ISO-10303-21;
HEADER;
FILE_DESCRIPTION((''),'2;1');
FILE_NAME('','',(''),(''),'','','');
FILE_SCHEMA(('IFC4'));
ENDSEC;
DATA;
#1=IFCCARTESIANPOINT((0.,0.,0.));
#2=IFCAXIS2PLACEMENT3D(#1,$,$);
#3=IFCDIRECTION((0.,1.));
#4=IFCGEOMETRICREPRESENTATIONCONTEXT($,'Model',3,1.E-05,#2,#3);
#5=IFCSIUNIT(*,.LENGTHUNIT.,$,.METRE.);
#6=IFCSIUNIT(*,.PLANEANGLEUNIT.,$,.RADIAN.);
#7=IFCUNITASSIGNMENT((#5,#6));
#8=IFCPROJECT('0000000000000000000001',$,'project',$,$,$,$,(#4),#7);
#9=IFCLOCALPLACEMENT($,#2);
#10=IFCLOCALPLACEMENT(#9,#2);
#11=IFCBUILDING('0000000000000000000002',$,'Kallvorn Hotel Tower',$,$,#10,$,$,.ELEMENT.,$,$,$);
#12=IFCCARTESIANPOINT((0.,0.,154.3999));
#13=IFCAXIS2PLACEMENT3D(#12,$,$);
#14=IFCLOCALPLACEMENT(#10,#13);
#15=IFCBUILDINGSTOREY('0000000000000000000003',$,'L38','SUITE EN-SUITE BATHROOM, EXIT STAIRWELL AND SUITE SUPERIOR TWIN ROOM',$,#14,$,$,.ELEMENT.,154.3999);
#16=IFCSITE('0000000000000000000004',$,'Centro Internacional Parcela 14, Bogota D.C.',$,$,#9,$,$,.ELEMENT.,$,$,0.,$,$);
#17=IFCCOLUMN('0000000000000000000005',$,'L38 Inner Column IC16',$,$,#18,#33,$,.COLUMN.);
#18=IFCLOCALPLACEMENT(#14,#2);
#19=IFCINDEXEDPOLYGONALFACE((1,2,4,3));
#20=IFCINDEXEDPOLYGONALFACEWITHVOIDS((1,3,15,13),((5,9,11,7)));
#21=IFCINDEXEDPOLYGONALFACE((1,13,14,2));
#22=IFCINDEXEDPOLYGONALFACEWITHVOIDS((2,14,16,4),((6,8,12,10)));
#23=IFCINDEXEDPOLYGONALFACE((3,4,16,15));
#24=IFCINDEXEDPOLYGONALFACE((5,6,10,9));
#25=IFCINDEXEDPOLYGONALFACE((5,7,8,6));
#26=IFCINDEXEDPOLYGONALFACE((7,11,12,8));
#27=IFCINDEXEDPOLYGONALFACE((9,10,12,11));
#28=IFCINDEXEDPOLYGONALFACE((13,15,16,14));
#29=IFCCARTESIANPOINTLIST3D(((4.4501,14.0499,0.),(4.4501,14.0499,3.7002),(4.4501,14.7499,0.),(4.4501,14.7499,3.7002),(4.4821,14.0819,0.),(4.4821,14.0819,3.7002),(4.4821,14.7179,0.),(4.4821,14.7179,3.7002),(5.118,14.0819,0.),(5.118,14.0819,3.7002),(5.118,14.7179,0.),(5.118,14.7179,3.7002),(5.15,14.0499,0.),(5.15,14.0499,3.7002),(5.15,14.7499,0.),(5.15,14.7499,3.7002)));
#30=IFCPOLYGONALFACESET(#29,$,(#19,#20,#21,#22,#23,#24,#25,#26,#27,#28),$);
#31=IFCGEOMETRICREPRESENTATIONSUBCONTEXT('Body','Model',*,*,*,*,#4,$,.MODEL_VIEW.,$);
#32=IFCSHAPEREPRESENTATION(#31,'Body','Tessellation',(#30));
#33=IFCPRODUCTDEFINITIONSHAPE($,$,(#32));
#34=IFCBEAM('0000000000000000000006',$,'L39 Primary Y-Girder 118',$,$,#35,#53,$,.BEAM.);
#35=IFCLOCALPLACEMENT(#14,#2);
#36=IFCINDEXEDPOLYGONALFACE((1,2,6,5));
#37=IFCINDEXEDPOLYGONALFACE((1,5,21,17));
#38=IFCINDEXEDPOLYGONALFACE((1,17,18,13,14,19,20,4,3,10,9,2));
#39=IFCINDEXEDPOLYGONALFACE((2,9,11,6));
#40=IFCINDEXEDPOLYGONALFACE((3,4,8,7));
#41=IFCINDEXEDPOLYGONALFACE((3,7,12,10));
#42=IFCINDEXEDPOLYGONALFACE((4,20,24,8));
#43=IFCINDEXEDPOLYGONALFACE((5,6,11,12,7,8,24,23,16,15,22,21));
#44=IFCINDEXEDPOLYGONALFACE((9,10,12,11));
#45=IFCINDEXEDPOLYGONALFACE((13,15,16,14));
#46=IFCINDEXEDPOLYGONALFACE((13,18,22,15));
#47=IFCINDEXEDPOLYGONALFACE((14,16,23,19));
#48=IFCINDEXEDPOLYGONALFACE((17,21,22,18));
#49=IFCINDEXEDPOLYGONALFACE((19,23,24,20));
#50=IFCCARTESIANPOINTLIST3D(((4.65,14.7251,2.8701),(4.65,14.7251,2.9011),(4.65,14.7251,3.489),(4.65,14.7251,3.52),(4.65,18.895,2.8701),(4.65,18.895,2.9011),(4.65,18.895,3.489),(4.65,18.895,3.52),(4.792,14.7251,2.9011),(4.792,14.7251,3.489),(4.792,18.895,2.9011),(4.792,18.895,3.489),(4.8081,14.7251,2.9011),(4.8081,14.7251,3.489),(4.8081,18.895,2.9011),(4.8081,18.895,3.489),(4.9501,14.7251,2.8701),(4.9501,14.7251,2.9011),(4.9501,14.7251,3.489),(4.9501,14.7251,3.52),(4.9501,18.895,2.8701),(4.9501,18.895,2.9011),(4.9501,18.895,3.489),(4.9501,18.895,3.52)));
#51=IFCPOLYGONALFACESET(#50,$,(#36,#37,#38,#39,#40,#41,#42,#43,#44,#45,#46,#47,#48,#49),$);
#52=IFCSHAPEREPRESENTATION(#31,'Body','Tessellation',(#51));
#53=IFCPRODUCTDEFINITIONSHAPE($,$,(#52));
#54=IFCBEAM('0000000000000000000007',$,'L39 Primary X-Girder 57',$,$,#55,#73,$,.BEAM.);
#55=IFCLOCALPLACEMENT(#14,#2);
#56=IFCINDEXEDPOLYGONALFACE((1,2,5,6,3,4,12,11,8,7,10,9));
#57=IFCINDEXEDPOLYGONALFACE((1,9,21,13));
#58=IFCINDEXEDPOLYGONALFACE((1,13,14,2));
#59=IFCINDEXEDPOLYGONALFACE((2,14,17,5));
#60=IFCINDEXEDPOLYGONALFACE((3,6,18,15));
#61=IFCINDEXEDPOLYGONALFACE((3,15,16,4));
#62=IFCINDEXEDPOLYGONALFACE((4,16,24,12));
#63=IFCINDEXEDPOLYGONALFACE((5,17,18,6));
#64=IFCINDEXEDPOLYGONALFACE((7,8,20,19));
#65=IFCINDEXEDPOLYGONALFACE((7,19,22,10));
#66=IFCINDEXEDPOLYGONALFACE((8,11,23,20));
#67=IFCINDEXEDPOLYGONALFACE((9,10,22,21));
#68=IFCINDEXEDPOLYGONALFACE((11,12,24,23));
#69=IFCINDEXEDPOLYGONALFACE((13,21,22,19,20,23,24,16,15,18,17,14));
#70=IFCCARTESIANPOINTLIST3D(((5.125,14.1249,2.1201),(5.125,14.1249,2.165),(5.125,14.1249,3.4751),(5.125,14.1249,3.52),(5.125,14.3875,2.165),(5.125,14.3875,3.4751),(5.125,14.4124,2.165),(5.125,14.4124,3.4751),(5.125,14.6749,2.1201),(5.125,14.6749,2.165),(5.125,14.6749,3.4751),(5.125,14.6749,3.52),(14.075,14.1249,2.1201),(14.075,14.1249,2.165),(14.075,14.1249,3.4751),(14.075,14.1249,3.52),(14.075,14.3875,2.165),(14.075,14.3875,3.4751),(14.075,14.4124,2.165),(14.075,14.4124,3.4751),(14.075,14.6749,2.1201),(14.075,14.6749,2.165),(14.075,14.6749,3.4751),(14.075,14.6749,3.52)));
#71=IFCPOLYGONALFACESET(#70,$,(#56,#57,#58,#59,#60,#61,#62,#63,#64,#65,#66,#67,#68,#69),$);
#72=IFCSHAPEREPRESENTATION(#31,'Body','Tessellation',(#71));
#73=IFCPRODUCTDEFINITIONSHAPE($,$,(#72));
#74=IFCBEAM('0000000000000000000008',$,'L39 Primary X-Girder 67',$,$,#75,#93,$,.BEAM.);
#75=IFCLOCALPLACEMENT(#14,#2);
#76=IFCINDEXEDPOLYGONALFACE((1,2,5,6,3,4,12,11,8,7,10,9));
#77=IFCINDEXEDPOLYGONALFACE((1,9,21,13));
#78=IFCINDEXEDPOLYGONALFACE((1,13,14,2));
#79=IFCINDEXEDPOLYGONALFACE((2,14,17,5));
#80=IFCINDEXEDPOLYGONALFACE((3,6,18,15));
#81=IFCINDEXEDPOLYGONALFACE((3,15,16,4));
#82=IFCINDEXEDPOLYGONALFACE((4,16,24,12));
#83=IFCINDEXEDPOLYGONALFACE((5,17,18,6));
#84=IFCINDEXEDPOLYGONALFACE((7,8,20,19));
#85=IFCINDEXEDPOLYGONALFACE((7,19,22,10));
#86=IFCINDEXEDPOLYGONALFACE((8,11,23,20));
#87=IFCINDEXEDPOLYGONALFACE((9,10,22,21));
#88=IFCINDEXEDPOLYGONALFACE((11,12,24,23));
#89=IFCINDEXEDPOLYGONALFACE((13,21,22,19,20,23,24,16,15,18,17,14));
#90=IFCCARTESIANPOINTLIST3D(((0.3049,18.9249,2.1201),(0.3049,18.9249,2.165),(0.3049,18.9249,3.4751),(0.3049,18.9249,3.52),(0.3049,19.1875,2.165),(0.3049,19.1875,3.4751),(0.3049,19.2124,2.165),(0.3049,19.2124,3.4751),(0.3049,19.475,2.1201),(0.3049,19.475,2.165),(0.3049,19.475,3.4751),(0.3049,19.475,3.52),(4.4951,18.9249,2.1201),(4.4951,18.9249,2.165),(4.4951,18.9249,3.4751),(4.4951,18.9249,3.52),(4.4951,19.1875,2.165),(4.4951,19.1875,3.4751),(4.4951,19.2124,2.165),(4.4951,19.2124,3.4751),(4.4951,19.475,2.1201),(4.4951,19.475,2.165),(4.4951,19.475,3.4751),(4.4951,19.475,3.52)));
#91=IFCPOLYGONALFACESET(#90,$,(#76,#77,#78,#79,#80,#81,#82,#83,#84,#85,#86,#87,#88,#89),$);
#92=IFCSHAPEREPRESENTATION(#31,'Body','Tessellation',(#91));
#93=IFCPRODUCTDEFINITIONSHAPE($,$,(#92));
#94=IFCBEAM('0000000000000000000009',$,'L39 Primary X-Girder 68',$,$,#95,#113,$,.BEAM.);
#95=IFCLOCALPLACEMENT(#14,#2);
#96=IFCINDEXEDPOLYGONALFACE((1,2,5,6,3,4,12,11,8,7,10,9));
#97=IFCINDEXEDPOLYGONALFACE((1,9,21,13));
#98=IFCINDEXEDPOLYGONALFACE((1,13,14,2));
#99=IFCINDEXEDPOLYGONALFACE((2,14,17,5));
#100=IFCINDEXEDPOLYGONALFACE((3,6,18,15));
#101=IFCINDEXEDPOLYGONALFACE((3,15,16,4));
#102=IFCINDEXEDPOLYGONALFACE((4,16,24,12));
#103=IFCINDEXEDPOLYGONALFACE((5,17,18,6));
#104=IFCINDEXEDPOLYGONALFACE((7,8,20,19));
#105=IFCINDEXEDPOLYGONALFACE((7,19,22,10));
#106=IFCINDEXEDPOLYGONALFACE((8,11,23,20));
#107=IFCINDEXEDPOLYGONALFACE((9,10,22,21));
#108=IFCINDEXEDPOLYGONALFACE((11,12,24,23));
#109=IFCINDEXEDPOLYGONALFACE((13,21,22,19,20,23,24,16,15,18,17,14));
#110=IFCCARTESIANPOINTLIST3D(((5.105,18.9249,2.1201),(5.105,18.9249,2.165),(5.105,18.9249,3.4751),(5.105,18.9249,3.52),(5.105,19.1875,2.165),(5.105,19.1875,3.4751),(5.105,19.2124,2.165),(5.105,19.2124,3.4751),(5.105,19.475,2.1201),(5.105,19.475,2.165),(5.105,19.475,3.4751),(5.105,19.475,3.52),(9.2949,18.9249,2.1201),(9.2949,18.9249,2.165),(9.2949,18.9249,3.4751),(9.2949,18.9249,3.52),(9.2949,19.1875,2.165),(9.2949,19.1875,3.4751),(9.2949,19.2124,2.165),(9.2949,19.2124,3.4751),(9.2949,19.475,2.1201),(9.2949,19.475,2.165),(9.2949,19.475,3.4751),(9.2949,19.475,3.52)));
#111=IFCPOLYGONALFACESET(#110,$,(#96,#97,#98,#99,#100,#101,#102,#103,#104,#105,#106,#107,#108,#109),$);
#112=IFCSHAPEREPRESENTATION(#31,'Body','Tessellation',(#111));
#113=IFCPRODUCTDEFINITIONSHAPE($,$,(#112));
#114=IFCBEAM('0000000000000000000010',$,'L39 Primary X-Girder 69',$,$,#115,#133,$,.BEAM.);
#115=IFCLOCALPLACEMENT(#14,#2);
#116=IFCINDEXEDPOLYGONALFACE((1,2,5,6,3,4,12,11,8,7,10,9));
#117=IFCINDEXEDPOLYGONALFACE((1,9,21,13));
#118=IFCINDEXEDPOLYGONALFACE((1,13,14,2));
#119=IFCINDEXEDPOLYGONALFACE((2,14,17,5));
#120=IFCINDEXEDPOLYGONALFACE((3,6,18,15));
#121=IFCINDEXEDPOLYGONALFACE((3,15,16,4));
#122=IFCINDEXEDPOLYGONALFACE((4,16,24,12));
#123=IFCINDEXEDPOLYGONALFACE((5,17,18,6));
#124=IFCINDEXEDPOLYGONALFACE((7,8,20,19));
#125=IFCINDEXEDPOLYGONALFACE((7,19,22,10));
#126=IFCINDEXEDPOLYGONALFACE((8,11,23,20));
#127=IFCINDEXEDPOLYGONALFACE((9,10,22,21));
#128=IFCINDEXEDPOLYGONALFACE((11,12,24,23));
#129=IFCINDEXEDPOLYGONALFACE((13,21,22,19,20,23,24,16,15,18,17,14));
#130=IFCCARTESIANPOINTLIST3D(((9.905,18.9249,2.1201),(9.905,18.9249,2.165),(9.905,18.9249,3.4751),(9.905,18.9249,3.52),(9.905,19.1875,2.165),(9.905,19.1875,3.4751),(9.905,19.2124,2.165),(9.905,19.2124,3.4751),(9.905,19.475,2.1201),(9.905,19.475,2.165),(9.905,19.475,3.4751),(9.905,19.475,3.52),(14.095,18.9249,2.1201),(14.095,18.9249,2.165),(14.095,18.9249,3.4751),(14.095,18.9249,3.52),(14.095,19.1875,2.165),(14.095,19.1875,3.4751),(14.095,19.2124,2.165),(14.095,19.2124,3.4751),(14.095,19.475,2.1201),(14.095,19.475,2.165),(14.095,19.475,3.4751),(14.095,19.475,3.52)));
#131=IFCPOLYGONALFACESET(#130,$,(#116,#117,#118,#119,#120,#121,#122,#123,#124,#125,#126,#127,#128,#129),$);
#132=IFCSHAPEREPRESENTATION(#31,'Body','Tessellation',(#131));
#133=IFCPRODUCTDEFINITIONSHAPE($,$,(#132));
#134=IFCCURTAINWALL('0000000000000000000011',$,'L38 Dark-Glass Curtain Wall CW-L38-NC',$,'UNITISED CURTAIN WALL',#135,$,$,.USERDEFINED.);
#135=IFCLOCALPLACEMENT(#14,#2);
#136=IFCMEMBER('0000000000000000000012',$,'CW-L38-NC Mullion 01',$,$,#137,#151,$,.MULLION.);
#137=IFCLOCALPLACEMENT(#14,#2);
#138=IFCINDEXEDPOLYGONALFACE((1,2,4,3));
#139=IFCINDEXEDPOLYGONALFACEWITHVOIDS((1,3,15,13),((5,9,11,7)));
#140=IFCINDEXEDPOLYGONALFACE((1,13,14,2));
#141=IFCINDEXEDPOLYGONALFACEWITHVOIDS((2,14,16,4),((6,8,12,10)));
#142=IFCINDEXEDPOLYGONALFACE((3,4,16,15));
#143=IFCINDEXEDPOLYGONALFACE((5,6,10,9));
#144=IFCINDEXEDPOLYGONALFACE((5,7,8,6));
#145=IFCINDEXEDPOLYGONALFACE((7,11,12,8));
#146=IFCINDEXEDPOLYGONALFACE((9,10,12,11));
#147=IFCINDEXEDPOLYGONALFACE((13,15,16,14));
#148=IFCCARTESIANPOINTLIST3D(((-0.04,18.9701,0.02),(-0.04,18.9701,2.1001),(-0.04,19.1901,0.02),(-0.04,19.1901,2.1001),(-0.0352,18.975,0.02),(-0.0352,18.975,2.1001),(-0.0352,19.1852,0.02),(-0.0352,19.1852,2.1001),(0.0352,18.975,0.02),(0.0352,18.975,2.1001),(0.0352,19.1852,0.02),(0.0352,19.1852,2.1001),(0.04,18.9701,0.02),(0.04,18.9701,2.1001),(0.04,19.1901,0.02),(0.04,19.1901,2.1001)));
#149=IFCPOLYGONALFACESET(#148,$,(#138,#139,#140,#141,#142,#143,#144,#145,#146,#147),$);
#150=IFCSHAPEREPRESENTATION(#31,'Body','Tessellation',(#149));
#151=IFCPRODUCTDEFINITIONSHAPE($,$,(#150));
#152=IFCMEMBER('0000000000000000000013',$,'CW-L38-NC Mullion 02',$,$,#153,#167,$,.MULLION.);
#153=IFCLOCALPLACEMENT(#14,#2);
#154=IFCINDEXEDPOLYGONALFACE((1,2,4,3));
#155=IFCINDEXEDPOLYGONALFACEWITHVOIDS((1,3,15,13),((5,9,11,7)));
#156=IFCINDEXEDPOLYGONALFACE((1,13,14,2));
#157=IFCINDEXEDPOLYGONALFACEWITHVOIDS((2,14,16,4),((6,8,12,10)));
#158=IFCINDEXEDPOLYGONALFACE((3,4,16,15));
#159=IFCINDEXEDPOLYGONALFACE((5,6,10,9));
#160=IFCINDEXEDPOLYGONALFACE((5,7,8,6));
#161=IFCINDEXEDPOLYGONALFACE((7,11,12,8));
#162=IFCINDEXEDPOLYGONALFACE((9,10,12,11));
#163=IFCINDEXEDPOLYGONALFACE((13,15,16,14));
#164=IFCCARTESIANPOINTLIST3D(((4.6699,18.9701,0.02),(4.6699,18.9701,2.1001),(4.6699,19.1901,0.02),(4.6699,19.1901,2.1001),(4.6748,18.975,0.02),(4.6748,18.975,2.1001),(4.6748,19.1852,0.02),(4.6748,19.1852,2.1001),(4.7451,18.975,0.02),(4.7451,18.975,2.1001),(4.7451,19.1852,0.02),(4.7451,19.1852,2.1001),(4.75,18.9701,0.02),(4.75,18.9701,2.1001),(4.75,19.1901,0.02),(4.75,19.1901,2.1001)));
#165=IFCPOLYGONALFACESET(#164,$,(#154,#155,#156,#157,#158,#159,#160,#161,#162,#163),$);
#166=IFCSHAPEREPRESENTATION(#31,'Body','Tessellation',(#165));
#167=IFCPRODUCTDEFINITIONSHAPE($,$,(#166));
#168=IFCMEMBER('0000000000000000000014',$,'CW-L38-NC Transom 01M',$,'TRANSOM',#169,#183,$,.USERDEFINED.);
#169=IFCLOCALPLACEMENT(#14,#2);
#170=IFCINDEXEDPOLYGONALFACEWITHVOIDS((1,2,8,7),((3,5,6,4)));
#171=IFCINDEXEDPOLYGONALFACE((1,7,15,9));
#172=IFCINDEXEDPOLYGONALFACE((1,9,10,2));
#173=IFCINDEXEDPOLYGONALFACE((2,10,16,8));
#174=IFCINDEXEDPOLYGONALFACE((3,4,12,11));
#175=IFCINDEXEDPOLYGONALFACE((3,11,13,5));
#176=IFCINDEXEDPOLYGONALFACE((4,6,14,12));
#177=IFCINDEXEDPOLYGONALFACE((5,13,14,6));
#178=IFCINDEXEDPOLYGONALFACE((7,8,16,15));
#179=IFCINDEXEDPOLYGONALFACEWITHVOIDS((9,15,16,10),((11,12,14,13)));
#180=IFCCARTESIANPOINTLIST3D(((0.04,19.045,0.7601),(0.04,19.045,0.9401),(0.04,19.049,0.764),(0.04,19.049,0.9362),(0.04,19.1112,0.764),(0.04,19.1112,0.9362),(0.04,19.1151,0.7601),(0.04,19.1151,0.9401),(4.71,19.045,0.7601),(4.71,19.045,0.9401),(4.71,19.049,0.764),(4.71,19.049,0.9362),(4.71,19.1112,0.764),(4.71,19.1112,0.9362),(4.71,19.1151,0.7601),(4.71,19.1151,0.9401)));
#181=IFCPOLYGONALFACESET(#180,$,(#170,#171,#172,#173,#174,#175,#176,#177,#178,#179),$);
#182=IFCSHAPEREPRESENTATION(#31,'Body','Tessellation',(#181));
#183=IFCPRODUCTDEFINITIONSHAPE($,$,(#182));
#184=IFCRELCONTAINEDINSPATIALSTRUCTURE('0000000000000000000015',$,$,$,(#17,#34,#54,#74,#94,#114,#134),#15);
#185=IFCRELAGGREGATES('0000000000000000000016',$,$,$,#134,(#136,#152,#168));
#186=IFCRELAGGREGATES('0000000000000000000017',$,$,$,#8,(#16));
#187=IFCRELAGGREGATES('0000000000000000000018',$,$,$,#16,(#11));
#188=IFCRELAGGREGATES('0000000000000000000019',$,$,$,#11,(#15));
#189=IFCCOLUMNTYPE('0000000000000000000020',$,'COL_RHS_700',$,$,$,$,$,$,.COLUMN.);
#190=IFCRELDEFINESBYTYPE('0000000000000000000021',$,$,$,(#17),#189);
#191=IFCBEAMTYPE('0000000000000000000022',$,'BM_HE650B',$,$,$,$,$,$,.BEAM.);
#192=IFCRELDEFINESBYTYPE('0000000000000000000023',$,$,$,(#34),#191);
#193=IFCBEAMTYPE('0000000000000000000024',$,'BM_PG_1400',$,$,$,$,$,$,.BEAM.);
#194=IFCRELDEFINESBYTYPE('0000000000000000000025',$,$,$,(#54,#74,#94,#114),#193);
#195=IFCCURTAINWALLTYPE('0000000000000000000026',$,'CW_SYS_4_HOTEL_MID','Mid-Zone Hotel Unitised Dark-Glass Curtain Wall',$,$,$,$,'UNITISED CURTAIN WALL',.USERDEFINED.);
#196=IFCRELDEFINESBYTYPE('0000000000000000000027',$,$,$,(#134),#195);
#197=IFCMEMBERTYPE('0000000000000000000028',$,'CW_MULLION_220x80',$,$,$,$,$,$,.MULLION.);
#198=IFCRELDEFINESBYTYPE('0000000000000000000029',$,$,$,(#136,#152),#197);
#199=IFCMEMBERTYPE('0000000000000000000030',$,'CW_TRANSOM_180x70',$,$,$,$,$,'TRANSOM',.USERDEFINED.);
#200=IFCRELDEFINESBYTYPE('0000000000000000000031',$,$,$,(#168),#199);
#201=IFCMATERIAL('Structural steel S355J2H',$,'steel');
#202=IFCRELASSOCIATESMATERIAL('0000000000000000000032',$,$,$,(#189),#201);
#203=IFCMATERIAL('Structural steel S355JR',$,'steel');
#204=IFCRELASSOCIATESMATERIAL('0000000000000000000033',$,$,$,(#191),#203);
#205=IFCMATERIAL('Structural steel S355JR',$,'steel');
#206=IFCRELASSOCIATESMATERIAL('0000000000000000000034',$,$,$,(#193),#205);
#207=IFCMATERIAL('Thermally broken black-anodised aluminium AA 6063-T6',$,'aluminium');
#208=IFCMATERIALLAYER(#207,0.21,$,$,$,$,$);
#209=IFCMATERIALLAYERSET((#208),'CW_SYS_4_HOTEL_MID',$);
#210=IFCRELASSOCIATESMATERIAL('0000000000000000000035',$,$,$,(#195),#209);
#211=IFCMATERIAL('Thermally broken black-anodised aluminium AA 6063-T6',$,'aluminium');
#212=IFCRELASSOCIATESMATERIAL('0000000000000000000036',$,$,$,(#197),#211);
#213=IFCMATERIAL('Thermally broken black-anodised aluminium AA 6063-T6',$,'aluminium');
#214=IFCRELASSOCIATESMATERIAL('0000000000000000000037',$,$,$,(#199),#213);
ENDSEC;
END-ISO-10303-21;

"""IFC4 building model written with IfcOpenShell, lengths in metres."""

from ifc_helpers import new_model, si_unit, direction, frame, origin, origin_2d, place, context, subcontext, project, spatial, hollow_rectangle, i_section, extrude, material, layer, layer_set, material_profile, profile_set, type_object, element, aggregate, save


model = new_model("IFC4")

# Units and contexts
model_context = context("Model", 3, precision=1e-05, world=origin(), true_north=direction((0.0, 1.0)))
body_context = subcontext(model_context, "Body", "Model", "MODEL_VIEW")
ifc_project = project(units=[si_unit("LENGTHUNIT", "METRE"), si_unit("PLANEANGLEUNIT", "RADIAN")], contexts=[model_context])

# Site, building, storey
site_placement = place(None, origin())
site = spatial("IfcSite", under=ifc_project, at=site_placement, Name="Centro Internacional Parcela 14, Bogota D.C.", CompositionType="ELEMENT", RefElevation=0.0)
building_placement = place(site_placement, origin())
building = spatial("IfcBuilding", under=site, at=building_placement, Name="Kallvorn Hotel Tower", CompositionType="ELEMENT")
storey_placement = place(building_placement, frame((0.0, 0.0, 154.3999)))
storey = spatial("IfcBuildingStorey", under=building, at=storey_placement, Name="L38", Description="SUITE EN-SUITE BATHROOM, EXIT STAIRWELL AND SUITE SUPERIOR TWIN ROOM", CompositionType="ELEMENT", Elevation=154.3999)

# Column
ifc_material_1 = material(Name="Structural steel S355J2H", Category="steel")
ifc_material_profile_1 = material_profile(ifc_material_1, hollow_rectangle(XDim=0.7, YDim=0.7, WallThickness=0.032, at=origin_2d()), Name="RHS 700x700x32")
ifc_profile_set_1 = profile_set([ifc_material_profile_1], Name="Structural steel S355J2H")
column_type_1 = type_object("IfcColumnType", Name="COL_RHS_700", PredefinedType="COLUMN", material=ifc_profile_set_1)
column_placement = place(storey_placement, frame((4.8, 14.3999, 0.0), z_axis=(0.0, 0.0, 1.0), x_axis=(1.0, 0.0, 0.0)))
element("IfcColumn", 1, at=column_placement, inside=storey, type_object=column_type_1, Name="L38 Inner Column IC16", PredefinedType="COLUMN", context=body_context, shape_type="SweptSolid", body=[
    extrude(hollow_rectangle(XDim=0.7, YDim=0.7, WallThickness=0.032, at=origin_2d()), origin(), (0.0, 0.0, 1.0), 3.7002),
])

# Beams
ifc_material_2 = material(Name="Structural steel S355JR", Category="steel")
ifc_material_profile_2 = material_profile(ifc_material_2, i_section(OverallWidth=0.3, OverallDepth=0.6499, WebThickness=0.0161, FlangeThickness=0.031, at=origin_2d()), Name="HE 650 B")
ifc_profile_set_2 = profile_set([ifc_material_profile_2], Name="Structural steel S355JR")
beam_type_1 = type_object("IfcBeamType", Name="BM_HE650B", PredefinedType="BEAM", material=ifc_profile_set_2)
beam_1_placement = place(storey_placement, frame((4.8, 14.7251, 3.1951), z_axis=(0.0, 1.0, 0.0), x_axis=(-1.0, 0.0, 0.0)))
element("IfcBeam", 2, at=beam_1_placement, inside=storey, type_object=beam_type_1, Name="L39 Primary Y-Girder 118", PredefinedType="BEAM", context=body_context, shape_type="SweptSolid", body=[
    extrude(i_section(OverallWidth=0.3, OverallDepth=0.6499, WebThickness=0.0161, FlangeThickness=0.031, at=origin_2d()), origin(), (0.0, 0.0, 1.0), 4.1699),
])
ifc_material_3 = material(Name="Structural steel S355JR", Category="steel")
ifc_material_profile_3 = material_profile(ifc_material_3, i_section(OverallWidth=0.55, OverallDepth=1.3999, WebThickness=0.0249, FlangeThickness=0.0449, at=origin_2d()), Name="PG 1400x550x25x45")
ifc_profile_set_3 = profile_set([ifc_material_profile_3], Name="Structural steel S355JR")
beam_type_2 = type_object("IfcBeamType", Name="BM_PG_1400", PredefinedType="BEAM", material=ifc_profile_set_3)
beam_2_placement = place(storey_placement, frame((5.125, 14.3999, 2.8201), z_axis=(1.0, 0.0, 0.0), x_axis=(0.0, 1.0, 0.0)))
element("IfcBeam", 3, at=beam_2_placement, inside=storey, type_object=beam_type_2, Name="L39 Primary X-Girder 57", PredefinedType="BEAM", context=body_context, shape_type="SweptSolid", body=[
    extrude(i_section(OverallWidth=0.55, OverallDepth=1.3999, WebThickness=0.0249, FlangeThickness=0.0449, at=origin_2d()), origin(), (0.0, 0.0, 1.0), 8.95),
])
beam_3_placement = place(storey_placement, frame((0.3049, 19.2, 2.8201), z_axis=(1.0, 0.0, 0.0), x_axis=(0.0, 1.0, 0.0)))
element("IfcBeam", 4, at=beam_3_placement, inside=storey, type_object=beam_type_2, Name="L39 Primary X-Girder 67", PredefinedType="BEAM", context=body_context, shape_type="SweptSolid", body=[
    extrude(i_section(OverallWidth=0.55, OverallDepth=1.3999, WebThickness=0.0249, FlangeThickness=0.0449, at=origin_2d()), origin(), (0.0, 0.0, 1.0), 4.1902),
])
for number, where, z_axis, x_axis, name in (
    (5, (5.105, 19.2, 2.8201), (1.0, 0.0, 0.0), (0.0, 1.0, 0.0), "L39 Primary X-Girder 68"),
    (6, (9.905, 19.2, 2.8201), (1.0, 0.0, 0.0), (0.0, 1.0, 0.0), "L39 Primary X-Girder 69"),
):
    element("IfcBeam", number, at=place(storey_placement, frame(where, z_axis=z_axis, x_axis=x_axis)), inside=storey, type_object=beam_type_2, Name=name, PredefinedType="BEAM", context=body_context, shape_type="SweptSolid", body=[
        extrude(i_section(OverallWidth=0.55, OverallDepth=1.3999, WebThickness=0.0249, FlangeThickness=0.0449, at=origin_2d()), origin(), (0.0, 0.0, 1.0), 4.1899),
    ])

# Curtain wall, members
ifc_material_4 = material(Name="Thermally broken black-anodised aluminium AA 6063-T6", Category="aluminium")
ifc_layer_1 = layer(ifc_material_4, 0.21)
ifc_layer_set_1 = layer_set([ifc_layer_1], Name="CW_SYS_4_HOTEL_MID")
curtain_wall_type = type_object("IfcCurtainWallType", Name="CW_SYS_4_HOTEL_MID", Description="Mid-Zone Hotel Unitised Dark-Glass Curtain Wall", ElementType="UNITISED CURTAIN WALL", PredefinedType="USERDEFINED", material=ifc_layer_set_1)
curtain_wall_placement = place(storey_placement, origin())
curtain_wall = element("IfcCurtainWall", 7, at=curtain_wall_placement, inside=storey, type_object=curtain_wall_type, Name="L38 Dark-Glass Curtain Wall CW-L38-NC", ObjectType="UNITISED CURTAIN WALL", PredefinedType="USERDEFINED")
ifc_material_5 = material(Name="Thermally broken black-anodised aluminium AA 6063-T6", Category="aluminium")
ifc_material_profile_4 = material_profile(ifc_material_5, hollow_rectangle(XDim=0.0801, YDim=0.22, WallThickness=0.0049, at=origin_2d()), Name="MUL 220x80")
ifc_profile_set_4 = profile_set([ifc_material_profile_4], Name="Thermally broken black-anodised aluminium AA 6063-T6")
member_type_1 = type_object("IfcMemberType", Name="CW_MULLION_220x80", PredefinedType="MULLION", material=ifc_profile_set_4)
member_1_placement = place(storey_placement, frame((0.0, 19.0801, 0.02), z_axis=(0.0, 0.0, 1.0), x_axis=(1.0, 0.0, 0.0)))
member_1 = element("IfcMember", 8, at=member_1_placement, type_object=member_type_1, Name="CW-L38-NC Mullion 01", PredefinedType="MULLION", context=body_context, shape_type="SweptSolid", body=[
    extrude(hollow_rectangle(XDim=0.0801, YDim=0.22, WallThickness=0.0049, at=origin_2d()), origin(), (0.0, 0.0, 1.0), 2.0801),
])
member_2_placement = place(storey_placement, frame((4.71, 19.0801, 0.02), z_axis=(0.0, 0.0, 1.0), x_axis=(1.0, 0.0, 0.0)))
member_2 = element("IfcMember", 9, at=member_2_placement, type_object=member_type_1, Name="CW-L38-NC Mullion 02", PredefinedType="MULLION", context=body_context, shape_type="SweptSolid", body=[
    extrude(hollow_rectangle(XDim=0.0801, YDim=0.22, WallThickness=0.0049, at=origin_2d()), origin(), (0.0, 0.0, 1.0), 2.0801),
])
ifc_material_6 = material(Name="Thermally broken black-anodised aluminium AA 6063-T6", Category="aluminium")
ifc_material_profile_5 = material_profile(ifc_material_6, hollow_rectangle(XDim=0.0701, YDim=0.1799, WallThickness=0.0039, at=origin_2d()), Name="TRN 180x70")
ifc_profile_set_5 = profile_set([ifc_material_profile_5], Name="Thermally broken black-anodised aluminium AA 6063-T6")
member_type_2 = type_object("IfcMemberType", Name="CW_TRANSOM_180x70", ElementType="TRANSOM", PredefinedType="USERDEFINED", material=ifc_profile_set_5)
member_3_placement = place(storey_placement, frame((0.04, 19.0801, 0.8501), z_axis=(1.0, 0.0, 0.0), x_axis=(0.0, 1.0, 0.0)))
member_3 = element("IfcMember", 10, at=member_3_placement, type_object=member_type_2, Name="CW-L38-NC Transom 01M", ObjectType="TRANSOM", PredefinedType="USERDEFINED", context=body_context, shape_type="SweptSolid", body=[
    extrude(hollow_rectangle(XDim=0.0701, YDim=0.1799, WallThickness=0.0039, at=origin_2d()), origin(), (0.0, 0.0, 1.0), 4.6699),
])
aggregate(curtain_wall, [member_1, member_2, member_3])

save(model, "model.ifc")
